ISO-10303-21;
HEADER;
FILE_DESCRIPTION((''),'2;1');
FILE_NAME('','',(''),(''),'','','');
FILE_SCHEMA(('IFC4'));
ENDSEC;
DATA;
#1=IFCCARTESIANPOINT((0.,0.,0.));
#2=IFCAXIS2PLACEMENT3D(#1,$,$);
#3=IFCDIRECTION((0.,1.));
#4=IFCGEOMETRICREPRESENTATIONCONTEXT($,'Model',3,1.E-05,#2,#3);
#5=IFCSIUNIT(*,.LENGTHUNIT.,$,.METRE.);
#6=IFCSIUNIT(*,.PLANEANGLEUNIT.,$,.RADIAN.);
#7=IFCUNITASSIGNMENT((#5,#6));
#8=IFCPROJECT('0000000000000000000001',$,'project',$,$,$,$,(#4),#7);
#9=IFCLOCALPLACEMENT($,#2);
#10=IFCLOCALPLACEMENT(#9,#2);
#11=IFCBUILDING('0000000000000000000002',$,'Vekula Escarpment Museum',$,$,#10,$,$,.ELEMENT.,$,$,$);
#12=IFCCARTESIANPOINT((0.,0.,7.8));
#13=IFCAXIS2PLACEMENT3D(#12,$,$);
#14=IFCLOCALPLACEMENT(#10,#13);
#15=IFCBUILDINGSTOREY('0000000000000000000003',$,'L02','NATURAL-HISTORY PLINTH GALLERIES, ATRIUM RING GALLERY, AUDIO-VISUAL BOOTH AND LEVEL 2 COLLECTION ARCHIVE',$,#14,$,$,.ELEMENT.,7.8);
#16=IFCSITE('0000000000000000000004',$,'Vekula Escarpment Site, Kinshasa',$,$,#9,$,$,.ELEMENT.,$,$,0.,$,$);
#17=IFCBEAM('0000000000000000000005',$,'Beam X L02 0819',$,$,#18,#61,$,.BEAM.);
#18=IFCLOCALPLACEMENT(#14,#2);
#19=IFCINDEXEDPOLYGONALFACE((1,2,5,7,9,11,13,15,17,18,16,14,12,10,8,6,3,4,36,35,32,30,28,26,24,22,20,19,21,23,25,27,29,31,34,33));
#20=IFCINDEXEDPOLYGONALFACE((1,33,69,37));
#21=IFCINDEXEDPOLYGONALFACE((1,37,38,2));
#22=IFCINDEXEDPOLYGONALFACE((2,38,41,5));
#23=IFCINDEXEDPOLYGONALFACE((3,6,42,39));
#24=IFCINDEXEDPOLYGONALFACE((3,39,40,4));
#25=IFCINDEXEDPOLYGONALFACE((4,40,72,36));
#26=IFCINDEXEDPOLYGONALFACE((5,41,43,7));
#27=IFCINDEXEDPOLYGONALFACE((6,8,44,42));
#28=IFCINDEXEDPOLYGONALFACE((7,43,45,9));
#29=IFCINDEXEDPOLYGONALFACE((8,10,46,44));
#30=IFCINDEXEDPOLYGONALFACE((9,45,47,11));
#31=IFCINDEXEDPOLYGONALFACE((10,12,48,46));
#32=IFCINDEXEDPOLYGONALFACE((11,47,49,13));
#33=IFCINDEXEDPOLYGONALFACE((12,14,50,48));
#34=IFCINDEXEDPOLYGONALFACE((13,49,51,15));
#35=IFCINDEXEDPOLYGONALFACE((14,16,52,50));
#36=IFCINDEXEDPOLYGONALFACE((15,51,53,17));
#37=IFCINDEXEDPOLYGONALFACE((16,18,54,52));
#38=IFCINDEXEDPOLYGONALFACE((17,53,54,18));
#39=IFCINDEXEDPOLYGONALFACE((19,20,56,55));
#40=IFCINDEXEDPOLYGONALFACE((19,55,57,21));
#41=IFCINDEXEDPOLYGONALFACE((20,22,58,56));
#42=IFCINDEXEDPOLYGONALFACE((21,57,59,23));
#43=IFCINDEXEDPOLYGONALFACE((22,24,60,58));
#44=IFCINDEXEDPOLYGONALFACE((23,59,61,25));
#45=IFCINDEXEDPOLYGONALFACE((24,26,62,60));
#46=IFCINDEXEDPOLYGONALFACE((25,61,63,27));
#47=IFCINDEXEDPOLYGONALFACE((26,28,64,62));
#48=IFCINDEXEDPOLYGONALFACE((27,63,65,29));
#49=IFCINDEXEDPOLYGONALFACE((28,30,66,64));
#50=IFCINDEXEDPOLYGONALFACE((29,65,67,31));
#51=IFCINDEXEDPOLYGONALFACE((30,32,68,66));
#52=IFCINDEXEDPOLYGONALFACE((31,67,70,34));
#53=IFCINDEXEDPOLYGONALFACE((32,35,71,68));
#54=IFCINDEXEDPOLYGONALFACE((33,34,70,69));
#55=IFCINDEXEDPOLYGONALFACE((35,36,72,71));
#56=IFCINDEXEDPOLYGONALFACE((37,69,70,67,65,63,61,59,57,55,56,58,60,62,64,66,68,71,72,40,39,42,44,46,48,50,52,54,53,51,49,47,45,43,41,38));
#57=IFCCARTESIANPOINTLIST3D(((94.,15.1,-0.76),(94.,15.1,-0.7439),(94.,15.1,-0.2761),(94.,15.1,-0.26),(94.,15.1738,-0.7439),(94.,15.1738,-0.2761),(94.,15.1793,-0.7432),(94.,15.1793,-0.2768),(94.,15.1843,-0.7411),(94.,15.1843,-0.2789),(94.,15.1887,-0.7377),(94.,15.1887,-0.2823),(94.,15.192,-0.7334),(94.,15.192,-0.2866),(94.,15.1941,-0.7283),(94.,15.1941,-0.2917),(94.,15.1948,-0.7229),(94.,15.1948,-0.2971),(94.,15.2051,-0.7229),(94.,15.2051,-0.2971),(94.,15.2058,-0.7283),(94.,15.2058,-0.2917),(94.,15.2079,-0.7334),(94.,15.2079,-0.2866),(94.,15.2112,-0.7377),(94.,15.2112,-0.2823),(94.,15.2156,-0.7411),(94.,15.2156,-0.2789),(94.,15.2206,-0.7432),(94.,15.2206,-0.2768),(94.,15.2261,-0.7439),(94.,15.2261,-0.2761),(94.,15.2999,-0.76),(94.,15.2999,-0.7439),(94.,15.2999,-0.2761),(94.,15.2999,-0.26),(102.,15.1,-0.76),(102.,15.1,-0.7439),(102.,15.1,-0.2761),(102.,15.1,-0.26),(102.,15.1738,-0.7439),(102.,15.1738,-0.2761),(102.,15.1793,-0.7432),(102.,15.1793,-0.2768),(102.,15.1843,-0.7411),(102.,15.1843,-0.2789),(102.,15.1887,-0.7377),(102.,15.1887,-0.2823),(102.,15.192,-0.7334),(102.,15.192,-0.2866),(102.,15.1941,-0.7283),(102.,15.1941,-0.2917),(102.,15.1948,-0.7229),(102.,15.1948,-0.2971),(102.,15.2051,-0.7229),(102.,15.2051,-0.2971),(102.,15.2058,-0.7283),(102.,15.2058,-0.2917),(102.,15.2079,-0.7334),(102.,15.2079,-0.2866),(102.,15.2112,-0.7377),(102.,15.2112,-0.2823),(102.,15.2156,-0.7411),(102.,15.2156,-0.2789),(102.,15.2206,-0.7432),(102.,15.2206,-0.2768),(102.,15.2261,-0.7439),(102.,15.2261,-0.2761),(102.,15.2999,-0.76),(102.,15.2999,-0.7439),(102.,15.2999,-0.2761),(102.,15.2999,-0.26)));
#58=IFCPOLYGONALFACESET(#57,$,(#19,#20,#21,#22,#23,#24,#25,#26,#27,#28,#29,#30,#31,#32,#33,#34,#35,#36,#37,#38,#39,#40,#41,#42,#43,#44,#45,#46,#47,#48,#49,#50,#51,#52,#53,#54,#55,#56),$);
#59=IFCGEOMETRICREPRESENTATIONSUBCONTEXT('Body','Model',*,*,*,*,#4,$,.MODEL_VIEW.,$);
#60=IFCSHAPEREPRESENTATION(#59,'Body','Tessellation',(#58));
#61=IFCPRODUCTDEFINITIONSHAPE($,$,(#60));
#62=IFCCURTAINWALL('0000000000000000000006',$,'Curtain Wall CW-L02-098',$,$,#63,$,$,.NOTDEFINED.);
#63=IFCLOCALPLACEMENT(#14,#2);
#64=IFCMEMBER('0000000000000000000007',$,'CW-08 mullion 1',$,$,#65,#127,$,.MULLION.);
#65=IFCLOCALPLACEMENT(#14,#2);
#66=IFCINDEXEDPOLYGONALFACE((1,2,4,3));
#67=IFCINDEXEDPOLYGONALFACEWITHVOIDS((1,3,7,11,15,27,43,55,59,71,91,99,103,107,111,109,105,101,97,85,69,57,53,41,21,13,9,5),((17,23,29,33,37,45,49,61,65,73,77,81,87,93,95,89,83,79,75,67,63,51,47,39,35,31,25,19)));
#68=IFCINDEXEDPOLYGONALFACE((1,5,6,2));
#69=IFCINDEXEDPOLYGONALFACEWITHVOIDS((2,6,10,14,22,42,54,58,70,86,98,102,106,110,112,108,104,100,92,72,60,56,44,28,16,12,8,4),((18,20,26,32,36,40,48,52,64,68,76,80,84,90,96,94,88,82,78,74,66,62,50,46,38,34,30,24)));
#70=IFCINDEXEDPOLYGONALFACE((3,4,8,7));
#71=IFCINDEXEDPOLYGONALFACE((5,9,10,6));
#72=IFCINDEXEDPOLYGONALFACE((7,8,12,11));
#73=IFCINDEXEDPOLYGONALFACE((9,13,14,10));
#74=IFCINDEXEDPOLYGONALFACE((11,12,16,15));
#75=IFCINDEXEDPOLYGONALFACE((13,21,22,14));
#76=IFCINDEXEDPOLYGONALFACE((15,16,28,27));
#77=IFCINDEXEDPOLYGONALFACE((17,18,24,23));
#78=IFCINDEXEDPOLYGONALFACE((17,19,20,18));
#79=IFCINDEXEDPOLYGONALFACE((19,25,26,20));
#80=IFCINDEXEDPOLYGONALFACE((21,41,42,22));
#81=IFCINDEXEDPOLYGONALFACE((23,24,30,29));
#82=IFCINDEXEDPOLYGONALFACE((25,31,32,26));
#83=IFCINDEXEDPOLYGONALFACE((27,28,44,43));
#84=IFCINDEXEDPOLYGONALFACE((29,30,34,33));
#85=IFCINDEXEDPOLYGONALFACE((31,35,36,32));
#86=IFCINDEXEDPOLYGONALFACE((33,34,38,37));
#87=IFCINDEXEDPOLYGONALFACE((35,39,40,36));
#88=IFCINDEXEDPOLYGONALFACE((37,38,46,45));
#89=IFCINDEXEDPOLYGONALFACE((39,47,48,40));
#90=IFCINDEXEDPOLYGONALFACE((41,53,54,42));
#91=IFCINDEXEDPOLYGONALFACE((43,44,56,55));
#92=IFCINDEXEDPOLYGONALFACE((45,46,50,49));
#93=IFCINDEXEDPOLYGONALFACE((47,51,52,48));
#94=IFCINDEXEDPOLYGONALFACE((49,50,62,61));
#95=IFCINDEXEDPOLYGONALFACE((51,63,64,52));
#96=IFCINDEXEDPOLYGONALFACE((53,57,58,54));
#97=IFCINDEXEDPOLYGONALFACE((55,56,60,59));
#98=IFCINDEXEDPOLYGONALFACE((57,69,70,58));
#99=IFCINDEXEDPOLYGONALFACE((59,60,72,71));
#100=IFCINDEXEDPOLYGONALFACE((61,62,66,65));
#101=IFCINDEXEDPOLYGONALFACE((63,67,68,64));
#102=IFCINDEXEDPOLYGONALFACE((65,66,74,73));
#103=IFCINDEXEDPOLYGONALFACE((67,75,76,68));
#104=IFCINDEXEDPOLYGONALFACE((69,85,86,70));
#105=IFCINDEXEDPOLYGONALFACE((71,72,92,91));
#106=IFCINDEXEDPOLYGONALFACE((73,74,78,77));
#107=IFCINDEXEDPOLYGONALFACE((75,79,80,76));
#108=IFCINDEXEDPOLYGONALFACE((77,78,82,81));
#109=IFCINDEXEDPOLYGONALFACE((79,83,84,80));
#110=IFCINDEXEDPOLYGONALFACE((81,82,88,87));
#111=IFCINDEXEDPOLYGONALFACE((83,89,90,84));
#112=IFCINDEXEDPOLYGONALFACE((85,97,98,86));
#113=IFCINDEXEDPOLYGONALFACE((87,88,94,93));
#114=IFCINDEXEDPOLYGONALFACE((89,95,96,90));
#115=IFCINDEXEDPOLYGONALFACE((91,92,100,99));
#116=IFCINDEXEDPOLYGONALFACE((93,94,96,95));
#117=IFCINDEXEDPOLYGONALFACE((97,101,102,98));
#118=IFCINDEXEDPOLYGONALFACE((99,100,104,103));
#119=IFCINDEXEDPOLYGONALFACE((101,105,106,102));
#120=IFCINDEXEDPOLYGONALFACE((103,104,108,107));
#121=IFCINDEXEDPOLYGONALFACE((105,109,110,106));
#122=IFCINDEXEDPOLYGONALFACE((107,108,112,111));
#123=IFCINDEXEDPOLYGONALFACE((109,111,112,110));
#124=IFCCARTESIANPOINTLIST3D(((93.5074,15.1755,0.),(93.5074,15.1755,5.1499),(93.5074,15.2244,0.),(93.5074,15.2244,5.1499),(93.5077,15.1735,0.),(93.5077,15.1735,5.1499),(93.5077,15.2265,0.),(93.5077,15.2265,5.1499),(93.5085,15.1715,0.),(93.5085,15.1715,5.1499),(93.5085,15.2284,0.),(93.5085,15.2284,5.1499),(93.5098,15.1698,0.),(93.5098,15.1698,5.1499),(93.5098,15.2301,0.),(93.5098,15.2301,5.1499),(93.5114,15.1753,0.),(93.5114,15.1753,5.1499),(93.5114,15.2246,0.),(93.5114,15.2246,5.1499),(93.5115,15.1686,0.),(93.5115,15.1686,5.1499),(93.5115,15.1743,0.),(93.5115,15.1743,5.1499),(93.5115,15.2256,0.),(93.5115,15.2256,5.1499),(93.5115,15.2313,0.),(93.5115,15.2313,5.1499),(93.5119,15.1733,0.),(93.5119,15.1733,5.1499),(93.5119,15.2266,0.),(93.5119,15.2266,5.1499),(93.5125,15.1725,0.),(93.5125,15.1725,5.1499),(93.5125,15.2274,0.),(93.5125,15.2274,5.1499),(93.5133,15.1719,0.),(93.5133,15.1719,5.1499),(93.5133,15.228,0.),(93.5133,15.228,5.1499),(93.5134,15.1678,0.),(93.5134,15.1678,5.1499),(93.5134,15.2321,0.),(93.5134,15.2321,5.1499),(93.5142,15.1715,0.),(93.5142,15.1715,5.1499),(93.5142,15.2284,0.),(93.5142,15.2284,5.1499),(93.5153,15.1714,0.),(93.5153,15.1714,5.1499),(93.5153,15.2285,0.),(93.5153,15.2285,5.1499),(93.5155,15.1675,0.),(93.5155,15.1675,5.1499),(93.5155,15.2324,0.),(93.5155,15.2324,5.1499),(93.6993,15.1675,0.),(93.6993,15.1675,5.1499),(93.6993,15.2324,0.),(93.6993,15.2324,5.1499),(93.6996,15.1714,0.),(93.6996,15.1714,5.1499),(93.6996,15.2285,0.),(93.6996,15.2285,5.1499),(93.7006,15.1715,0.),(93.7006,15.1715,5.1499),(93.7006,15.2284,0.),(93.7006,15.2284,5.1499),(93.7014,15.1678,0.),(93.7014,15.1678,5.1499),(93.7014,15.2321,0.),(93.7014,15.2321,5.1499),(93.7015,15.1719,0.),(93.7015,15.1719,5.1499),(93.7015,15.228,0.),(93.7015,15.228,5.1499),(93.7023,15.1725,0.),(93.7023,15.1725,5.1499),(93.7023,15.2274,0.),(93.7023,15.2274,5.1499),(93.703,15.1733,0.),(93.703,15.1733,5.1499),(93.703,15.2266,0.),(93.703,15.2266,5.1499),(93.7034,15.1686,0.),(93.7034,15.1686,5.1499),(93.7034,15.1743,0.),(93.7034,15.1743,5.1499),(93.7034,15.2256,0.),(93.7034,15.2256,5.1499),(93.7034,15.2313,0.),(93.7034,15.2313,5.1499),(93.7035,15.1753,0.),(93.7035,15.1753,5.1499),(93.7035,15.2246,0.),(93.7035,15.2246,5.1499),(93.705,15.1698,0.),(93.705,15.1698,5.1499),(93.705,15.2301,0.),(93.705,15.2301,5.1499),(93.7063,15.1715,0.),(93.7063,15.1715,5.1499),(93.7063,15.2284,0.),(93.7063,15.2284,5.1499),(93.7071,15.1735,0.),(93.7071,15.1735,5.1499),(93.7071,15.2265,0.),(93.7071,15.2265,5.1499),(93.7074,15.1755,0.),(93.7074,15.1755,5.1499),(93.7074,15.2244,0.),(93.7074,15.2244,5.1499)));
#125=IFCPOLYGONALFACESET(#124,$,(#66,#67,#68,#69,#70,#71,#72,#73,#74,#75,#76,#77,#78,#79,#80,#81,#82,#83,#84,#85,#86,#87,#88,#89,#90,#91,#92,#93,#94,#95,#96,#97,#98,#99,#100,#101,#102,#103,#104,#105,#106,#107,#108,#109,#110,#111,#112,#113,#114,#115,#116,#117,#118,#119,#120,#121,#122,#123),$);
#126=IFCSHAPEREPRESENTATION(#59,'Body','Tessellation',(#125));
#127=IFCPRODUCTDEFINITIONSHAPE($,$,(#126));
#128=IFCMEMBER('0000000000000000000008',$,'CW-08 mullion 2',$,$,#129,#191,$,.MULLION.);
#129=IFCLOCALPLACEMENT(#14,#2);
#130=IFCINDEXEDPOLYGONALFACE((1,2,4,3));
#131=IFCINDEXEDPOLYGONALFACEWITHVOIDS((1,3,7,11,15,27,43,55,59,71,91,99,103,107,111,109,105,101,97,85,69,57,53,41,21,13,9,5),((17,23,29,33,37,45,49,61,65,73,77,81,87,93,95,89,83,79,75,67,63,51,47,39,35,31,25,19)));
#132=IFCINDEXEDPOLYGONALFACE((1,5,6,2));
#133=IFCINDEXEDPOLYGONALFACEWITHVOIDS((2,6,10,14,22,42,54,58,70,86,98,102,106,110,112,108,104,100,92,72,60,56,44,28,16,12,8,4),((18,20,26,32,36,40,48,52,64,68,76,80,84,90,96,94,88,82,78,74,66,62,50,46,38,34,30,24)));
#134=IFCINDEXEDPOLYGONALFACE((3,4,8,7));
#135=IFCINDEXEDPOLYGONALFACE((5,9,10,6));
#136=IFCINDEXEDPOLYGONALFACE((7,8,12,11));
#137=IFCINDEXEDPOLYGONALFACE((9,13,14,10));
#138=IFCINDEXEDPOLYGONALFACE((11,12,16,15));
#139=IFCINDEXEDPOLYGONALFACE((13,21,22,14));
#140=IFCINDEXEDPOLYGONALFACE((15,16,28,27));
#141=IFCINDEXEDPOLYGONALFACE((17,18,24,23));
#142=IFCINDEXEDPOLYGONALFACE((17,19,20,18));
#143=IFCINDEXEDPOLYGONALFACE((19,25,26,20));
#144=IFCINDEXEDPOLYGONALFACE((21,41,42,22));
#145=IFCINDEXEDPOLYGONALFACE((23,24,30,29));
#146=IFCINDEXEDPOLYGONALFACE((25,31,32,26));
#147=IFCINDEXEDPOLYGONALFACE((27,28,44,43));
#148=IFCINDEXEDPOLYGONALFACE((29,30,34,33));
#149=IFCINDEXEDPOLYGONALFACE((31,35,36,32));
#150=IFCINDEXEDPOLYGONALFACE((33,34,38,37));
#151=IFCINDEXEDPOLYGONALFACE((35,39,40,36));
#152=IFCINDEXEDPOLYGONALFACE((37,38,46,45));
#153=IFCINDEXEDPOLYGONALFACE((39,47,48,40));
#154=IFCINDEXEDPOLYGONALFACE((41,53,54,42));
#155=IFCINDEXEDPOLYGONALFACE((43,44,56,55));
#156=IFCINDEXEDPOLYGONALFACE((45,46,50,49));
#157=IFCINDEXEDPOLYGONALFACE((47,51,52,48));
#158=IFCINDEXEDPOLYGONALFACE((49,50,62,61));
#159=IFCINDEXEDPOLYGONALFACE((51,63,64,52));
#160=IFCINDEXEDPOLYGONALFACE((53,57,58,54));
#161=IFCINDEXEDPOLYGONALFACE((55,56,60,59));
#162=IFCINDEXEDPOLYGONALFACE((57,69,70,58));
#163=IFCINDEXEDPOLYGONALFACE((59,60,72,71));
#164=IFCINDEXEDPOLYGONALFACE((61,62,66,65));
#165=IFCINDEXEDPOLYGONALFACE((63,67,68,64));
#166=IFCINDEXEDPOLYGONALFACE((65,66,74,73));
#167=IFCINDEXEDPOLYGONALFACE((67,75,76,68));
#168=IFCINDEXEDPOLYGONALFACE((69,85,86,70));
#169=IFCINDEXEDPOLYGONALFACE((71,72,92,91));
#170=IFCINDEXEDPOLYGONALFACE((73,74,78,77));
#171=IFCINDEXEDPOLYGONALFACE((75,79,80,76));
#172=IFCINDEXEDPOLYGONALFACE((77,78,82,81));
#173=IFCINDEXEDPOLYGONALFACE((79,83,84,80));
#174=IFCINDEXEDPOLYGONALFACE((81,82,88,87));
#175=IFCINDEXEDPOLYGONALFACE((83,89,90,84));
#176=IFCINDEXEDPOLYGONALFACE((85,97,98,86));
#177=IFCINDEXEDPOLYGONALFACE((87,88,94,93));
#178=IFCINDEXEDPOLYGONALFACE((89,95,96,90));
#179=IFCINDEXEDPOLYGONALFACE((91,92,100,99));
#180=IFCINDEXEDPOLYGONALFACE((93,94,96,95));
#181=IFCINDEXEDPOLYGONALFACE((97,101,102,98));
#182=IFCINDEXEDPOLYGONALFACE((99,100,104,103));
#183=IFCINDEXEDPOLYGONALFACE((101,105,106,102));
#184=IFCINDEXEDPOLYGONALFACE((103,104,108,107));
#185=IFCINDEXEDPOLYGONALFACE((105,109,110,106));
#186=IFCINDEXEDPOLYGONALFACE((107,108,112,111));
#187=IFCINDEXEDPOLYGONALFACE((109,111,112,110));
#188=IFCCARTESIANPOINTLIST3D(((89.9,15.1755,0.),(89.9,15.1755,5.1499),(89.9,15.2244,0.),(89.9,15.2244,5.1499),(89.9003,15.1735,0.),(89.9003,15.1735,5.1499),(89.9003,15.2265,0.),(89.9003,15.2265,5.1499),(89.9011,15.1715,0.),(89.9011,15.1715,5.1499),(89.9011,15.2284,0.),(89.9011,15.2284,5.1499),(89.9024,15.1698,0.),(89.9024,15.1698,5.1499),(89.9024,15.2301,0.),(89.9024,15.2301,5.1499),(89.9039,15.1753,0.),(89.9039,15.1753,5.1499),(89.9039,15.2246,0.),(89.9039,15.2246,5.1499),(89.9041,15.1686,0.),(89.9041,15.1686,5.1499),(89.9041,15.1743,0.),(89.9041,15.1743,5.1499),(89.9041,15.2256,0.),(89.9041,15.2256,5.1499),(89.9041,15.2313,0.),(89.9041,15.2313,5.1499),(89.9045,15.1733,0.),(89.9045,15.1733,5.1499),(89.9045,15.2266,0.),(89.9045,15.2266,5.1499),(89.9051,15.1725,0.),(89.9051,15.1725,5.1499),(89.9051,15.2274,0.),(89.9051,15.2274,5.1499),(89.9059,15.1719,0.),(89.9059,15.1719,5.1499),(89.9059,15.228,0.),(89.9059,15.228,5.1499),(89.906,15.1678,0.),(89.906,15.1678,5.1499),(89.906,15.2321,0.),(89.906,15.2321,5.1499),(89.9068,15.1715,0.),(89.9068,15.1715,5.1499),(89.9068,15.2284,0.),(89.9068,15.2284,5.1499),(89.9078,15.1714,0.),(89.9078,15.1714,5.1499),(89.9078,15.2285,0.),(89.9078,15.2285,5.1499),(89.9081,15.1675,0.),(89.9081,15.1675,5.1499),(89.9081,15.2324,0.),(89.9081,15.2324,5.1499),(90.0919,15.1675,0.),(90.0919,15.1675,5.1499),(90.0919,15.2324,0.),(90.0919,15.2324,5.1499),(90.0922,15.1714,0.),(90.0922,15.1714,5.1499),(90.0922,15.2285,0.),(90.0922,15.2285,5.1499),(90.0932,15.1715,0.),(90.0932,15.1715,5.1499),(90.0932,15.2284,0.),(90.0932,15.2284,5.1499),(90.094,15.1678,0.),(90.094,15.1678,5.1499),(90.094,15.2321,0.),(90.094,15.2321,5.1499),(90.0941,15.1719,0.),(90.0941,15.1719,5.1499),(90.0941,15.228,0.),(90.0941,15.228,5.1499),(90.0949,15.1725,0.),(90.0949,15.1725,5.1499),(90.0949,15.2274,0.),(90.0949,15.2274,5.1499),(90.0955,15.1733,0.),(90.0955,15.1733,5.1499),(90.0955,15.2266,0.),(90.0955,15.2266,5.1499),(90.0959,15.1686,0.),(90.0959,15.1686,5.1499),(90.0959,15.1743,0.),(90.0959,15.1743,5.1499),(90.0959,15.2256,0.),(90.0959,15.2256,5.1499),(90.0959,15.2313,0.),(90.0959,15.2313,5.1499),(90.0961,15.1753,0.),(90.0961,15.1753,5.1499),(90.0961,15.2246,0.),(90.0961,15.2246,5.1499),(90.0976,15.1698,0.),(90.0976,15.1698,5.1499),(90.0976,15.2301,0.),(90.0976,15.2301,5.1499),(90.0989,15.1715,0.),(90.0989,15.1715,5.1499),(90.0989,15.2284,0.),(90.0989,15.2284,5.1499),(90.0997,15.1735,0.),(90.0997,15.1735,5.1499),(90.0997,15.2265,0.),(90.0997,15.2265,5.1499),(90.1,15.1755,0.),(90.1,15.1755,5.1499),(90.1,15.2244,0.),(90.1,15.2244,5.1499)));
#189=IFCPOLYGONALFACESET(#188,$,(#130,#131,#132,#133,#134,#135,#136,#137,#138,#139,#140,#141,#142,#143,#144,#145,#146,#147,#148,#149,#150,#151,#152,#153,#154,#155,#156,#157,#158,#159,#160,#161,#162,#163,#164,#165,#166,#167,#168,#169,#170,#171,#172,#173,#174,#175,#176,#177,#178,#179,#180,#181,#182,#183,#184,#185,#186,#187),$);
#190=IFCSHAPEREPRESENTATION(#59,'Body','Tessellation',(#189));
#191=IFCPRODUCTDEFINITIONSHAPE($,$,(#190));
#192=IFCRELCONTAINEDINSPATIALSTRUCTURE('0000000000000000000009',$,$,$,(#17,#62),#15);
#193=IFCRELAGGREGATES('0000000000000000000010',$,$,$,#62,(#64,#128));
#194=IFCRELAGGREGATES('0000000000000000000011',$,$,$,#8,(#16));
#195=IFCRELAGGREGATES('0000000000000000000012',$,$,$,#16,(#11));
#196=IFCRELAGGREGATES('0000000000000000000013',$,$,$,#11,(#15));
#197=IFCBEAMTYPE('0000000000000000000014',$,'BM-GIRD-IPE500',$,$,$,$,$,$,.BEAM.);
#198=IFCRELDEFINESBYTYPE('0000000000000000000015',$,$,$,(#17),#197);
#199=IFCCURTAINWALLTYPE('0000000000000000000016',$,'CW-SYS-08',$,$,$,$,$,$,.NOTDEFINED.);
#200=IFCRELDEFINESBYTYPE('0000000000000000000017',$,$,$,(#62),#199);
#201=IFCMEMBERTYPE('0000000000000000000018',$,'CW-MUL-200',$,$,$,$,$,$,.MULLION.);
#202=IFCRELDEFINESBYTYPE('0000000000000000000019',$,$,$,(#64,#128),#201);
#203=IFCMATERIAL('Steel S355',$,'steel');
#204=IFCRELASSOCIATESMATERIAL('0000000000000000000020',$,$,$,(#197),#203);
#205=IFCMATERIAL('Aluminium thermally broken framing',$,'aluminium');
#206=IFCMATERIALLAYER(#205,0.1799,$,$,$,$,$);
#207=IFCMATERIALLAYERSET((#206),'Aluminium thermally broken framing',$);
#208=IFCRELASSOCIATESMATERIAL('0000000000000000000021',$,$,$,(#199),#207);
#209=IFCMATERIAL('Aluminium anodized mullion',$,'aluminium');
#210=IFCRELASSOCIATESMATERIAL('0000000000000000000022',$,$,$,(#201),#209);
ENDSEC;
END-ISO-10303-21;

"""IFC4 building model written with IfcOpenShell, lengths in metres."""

from ifc_helpers import new_model, si_unit, direction, frame, origin, origin_2d, place, context, subcontext, project, spatial, hollow_rectangle, i_section, extrude, material, layer, layer_set, material_profile, profile_set, type_object, element, aggregate, save


model = new_model("IFC4")

# Units and contexts
model_context = context("Model", 3, precision=1e-05, world=origin(), true_north=direction((0.0, 1.0)))
body_context = subcontext(model_context, "Body", "Model", "MODEL_VIEW")
ifc_project = project(units=[si_unit("LENGTHUNIT", "METRE"), si_unit("PLANEANGLEUNIT", "RADIAN")], contexts=[model_context])

# Site, building, storey
site_placement = place(None, origin())
site = spatial("IfcSite", under=ifc_project, at=site_placement, Name="Vekula Escarpment Site, Kinshasa", CompositionType="ELEMENT", RefElevation=0.0)
building_placement = place(site_placement, origin())
building = spatial("IfcBuilding", under=site, at=building_placement, Name="Vekula Escarpment Museum", CompositionType="ELEMENT")
storey_placement = place(building_placement, frame((0.0, 0.0, 7.8)))
storey = spatial("IfcBuildingStorey", under=building, at=storey_placement, Name="L02", Description="NATURAL-HISTORY PLINTH GALLERIES, ATRIUM RING GALLERY, AUDIO-VISUAL BOOTH AND LEVEL 2 COLLECTION ARCHIVE", CompositionType="ELEMENT", Elevation=7.8)

# Beam
ifc_material_1 = material(Name="Steel S355", Category="steel")
ifc_material_profile_1 = material_profile(ifc_material_1, i_section(OverallWidth=0.2, OverallDepth=0.5, WebThickness=0.0103, FlangeThickness=0.0161, FilletRadius=0.021, at=origin_2d()), Name="IPE 500")
ifc_profile_set_1 = profile_set([ifc_material_profile_1], Name="Steel S355")
beam_type_1 = type_object("IfcBeamType", Name="BM-GIRD-IPE500", PredefinedType="BEAM", material=ifc_profile_set_1)
beam_1_placement = place(storey_placement, frame((94.0, 15.2, -0.51), z_axis=(1.0, 0.0, 0.0), x_axis=(0.0, 1.0, 0.0)))
element("IfcBeam", 1, at=beam_1_placement, inside=storey, type_object=beam_type_1, Name="Beam X L02 0819", PredefinedType="BEAM", context=body_context, shape_type="SweptSolid", body=[
    extrude(i_section(OverallWidth=0.2, OverallDepth=0.5, WebThickness=0.0103, FlangeThickness=0.0161, FilletRadius=0.021, at=origin_2d()), origin(), (0.0, 0.0, 1.0), 8.0),
])

# Curtain wall, members
ifc_material_2 = material(Name="Aluminium thermally broken framing", Category="aluminium")
ifc_layer_1 = layer(ifc_material_2, 0.1799)
ifc_layer_set_1 = layer_set([ifc_layer_1], Name="Aluminium thermally broken framing")
curtain_wall_type_1 = type_object("IfcCurtainWallType", Name="CW-SYS-08", PredefinedType="NOTDEFINED", material=ifc_layer_set_1)
curtain_wall_1_placement = place(storey_placement, origin())
curtain_wall_1 = element("IfcCurtainWall", 2, at=curtain_wall_1_placement, inside=storey, type_object=curtain_wall_type_1, Name="Curtain Wall CW-L02-098", PredefinedType="NOTDEFINED")
ifc_material_3 = material(Name="Aluminium anodized mullion", Category="aluminium")
ifc_material_profile_2 = material_profile(ifc_material_3, hollow_rectangle(XDim=0.0649, YDim=0.2, WallThickness=0.0039, InnerFilletRadius=0.0039, OuterFilletRadius=0.0081, at=origin_2d()), Name="ALU 200x65x4")
ifc_profile_set_2 = profile_set([ifc_material_profile_2], Name="Aluminium anodized mullion")
member_type_1 = type_object("IfcMemberType", Name="CW-MUL-200", PredefinedType="MULLION", material=ifc_profile_set_2)
member_1_placement = place(storey_placement, frame((93.6074, 15.2, 0.0), z_axis=(0.0, 0.0, 1.0), x_axis=(0.0, -1.0, 0.0)))
member_1 = element("IfcMember", 3, at=member_1_placement, type_object=member_type_1, Name="CW-08 mullion 1", PredefinedType="MULLION", context=body_context, shape_type="SweptSolid", body=[
    extrude(hollow_rectangle(XDim=0.0649, YDim=0.2, WallThickness=0.0039, InnerFilletRadius=0.0039, OuterFilletRadius=0.0081, at=origin_2d()), origin(), (0.0, 0.0, 1.0), 5.1499),
])
member_2_placement = place(storey_placement, frame((90.0, 15.2, 0.0), z_axis=(0.0, 0.0, 1.0), x_axis=(0.0, -1.0, 0.0)))
member_2 = element("IfcMember", 4, at=member_2_placement, type_object=member_type_1, Name="CW-08 mullion 2", PredefinedType="MULLION", context=body_context, shape_type="SweptSolid", body=[
    extrude(hollow_rectangle(XDim=0.0649, YDim=0.2, WallThickness=0.0039, InnerFilletRadius=0.0039, OuterFilletRadius=0.0081, at=origin_2d()), origin(), (0.0, 0.0, 1.0), 5.1499),
])

aggregate(curtain_wall_1, [member_1, member_2])

save(model, "model.ifc")
